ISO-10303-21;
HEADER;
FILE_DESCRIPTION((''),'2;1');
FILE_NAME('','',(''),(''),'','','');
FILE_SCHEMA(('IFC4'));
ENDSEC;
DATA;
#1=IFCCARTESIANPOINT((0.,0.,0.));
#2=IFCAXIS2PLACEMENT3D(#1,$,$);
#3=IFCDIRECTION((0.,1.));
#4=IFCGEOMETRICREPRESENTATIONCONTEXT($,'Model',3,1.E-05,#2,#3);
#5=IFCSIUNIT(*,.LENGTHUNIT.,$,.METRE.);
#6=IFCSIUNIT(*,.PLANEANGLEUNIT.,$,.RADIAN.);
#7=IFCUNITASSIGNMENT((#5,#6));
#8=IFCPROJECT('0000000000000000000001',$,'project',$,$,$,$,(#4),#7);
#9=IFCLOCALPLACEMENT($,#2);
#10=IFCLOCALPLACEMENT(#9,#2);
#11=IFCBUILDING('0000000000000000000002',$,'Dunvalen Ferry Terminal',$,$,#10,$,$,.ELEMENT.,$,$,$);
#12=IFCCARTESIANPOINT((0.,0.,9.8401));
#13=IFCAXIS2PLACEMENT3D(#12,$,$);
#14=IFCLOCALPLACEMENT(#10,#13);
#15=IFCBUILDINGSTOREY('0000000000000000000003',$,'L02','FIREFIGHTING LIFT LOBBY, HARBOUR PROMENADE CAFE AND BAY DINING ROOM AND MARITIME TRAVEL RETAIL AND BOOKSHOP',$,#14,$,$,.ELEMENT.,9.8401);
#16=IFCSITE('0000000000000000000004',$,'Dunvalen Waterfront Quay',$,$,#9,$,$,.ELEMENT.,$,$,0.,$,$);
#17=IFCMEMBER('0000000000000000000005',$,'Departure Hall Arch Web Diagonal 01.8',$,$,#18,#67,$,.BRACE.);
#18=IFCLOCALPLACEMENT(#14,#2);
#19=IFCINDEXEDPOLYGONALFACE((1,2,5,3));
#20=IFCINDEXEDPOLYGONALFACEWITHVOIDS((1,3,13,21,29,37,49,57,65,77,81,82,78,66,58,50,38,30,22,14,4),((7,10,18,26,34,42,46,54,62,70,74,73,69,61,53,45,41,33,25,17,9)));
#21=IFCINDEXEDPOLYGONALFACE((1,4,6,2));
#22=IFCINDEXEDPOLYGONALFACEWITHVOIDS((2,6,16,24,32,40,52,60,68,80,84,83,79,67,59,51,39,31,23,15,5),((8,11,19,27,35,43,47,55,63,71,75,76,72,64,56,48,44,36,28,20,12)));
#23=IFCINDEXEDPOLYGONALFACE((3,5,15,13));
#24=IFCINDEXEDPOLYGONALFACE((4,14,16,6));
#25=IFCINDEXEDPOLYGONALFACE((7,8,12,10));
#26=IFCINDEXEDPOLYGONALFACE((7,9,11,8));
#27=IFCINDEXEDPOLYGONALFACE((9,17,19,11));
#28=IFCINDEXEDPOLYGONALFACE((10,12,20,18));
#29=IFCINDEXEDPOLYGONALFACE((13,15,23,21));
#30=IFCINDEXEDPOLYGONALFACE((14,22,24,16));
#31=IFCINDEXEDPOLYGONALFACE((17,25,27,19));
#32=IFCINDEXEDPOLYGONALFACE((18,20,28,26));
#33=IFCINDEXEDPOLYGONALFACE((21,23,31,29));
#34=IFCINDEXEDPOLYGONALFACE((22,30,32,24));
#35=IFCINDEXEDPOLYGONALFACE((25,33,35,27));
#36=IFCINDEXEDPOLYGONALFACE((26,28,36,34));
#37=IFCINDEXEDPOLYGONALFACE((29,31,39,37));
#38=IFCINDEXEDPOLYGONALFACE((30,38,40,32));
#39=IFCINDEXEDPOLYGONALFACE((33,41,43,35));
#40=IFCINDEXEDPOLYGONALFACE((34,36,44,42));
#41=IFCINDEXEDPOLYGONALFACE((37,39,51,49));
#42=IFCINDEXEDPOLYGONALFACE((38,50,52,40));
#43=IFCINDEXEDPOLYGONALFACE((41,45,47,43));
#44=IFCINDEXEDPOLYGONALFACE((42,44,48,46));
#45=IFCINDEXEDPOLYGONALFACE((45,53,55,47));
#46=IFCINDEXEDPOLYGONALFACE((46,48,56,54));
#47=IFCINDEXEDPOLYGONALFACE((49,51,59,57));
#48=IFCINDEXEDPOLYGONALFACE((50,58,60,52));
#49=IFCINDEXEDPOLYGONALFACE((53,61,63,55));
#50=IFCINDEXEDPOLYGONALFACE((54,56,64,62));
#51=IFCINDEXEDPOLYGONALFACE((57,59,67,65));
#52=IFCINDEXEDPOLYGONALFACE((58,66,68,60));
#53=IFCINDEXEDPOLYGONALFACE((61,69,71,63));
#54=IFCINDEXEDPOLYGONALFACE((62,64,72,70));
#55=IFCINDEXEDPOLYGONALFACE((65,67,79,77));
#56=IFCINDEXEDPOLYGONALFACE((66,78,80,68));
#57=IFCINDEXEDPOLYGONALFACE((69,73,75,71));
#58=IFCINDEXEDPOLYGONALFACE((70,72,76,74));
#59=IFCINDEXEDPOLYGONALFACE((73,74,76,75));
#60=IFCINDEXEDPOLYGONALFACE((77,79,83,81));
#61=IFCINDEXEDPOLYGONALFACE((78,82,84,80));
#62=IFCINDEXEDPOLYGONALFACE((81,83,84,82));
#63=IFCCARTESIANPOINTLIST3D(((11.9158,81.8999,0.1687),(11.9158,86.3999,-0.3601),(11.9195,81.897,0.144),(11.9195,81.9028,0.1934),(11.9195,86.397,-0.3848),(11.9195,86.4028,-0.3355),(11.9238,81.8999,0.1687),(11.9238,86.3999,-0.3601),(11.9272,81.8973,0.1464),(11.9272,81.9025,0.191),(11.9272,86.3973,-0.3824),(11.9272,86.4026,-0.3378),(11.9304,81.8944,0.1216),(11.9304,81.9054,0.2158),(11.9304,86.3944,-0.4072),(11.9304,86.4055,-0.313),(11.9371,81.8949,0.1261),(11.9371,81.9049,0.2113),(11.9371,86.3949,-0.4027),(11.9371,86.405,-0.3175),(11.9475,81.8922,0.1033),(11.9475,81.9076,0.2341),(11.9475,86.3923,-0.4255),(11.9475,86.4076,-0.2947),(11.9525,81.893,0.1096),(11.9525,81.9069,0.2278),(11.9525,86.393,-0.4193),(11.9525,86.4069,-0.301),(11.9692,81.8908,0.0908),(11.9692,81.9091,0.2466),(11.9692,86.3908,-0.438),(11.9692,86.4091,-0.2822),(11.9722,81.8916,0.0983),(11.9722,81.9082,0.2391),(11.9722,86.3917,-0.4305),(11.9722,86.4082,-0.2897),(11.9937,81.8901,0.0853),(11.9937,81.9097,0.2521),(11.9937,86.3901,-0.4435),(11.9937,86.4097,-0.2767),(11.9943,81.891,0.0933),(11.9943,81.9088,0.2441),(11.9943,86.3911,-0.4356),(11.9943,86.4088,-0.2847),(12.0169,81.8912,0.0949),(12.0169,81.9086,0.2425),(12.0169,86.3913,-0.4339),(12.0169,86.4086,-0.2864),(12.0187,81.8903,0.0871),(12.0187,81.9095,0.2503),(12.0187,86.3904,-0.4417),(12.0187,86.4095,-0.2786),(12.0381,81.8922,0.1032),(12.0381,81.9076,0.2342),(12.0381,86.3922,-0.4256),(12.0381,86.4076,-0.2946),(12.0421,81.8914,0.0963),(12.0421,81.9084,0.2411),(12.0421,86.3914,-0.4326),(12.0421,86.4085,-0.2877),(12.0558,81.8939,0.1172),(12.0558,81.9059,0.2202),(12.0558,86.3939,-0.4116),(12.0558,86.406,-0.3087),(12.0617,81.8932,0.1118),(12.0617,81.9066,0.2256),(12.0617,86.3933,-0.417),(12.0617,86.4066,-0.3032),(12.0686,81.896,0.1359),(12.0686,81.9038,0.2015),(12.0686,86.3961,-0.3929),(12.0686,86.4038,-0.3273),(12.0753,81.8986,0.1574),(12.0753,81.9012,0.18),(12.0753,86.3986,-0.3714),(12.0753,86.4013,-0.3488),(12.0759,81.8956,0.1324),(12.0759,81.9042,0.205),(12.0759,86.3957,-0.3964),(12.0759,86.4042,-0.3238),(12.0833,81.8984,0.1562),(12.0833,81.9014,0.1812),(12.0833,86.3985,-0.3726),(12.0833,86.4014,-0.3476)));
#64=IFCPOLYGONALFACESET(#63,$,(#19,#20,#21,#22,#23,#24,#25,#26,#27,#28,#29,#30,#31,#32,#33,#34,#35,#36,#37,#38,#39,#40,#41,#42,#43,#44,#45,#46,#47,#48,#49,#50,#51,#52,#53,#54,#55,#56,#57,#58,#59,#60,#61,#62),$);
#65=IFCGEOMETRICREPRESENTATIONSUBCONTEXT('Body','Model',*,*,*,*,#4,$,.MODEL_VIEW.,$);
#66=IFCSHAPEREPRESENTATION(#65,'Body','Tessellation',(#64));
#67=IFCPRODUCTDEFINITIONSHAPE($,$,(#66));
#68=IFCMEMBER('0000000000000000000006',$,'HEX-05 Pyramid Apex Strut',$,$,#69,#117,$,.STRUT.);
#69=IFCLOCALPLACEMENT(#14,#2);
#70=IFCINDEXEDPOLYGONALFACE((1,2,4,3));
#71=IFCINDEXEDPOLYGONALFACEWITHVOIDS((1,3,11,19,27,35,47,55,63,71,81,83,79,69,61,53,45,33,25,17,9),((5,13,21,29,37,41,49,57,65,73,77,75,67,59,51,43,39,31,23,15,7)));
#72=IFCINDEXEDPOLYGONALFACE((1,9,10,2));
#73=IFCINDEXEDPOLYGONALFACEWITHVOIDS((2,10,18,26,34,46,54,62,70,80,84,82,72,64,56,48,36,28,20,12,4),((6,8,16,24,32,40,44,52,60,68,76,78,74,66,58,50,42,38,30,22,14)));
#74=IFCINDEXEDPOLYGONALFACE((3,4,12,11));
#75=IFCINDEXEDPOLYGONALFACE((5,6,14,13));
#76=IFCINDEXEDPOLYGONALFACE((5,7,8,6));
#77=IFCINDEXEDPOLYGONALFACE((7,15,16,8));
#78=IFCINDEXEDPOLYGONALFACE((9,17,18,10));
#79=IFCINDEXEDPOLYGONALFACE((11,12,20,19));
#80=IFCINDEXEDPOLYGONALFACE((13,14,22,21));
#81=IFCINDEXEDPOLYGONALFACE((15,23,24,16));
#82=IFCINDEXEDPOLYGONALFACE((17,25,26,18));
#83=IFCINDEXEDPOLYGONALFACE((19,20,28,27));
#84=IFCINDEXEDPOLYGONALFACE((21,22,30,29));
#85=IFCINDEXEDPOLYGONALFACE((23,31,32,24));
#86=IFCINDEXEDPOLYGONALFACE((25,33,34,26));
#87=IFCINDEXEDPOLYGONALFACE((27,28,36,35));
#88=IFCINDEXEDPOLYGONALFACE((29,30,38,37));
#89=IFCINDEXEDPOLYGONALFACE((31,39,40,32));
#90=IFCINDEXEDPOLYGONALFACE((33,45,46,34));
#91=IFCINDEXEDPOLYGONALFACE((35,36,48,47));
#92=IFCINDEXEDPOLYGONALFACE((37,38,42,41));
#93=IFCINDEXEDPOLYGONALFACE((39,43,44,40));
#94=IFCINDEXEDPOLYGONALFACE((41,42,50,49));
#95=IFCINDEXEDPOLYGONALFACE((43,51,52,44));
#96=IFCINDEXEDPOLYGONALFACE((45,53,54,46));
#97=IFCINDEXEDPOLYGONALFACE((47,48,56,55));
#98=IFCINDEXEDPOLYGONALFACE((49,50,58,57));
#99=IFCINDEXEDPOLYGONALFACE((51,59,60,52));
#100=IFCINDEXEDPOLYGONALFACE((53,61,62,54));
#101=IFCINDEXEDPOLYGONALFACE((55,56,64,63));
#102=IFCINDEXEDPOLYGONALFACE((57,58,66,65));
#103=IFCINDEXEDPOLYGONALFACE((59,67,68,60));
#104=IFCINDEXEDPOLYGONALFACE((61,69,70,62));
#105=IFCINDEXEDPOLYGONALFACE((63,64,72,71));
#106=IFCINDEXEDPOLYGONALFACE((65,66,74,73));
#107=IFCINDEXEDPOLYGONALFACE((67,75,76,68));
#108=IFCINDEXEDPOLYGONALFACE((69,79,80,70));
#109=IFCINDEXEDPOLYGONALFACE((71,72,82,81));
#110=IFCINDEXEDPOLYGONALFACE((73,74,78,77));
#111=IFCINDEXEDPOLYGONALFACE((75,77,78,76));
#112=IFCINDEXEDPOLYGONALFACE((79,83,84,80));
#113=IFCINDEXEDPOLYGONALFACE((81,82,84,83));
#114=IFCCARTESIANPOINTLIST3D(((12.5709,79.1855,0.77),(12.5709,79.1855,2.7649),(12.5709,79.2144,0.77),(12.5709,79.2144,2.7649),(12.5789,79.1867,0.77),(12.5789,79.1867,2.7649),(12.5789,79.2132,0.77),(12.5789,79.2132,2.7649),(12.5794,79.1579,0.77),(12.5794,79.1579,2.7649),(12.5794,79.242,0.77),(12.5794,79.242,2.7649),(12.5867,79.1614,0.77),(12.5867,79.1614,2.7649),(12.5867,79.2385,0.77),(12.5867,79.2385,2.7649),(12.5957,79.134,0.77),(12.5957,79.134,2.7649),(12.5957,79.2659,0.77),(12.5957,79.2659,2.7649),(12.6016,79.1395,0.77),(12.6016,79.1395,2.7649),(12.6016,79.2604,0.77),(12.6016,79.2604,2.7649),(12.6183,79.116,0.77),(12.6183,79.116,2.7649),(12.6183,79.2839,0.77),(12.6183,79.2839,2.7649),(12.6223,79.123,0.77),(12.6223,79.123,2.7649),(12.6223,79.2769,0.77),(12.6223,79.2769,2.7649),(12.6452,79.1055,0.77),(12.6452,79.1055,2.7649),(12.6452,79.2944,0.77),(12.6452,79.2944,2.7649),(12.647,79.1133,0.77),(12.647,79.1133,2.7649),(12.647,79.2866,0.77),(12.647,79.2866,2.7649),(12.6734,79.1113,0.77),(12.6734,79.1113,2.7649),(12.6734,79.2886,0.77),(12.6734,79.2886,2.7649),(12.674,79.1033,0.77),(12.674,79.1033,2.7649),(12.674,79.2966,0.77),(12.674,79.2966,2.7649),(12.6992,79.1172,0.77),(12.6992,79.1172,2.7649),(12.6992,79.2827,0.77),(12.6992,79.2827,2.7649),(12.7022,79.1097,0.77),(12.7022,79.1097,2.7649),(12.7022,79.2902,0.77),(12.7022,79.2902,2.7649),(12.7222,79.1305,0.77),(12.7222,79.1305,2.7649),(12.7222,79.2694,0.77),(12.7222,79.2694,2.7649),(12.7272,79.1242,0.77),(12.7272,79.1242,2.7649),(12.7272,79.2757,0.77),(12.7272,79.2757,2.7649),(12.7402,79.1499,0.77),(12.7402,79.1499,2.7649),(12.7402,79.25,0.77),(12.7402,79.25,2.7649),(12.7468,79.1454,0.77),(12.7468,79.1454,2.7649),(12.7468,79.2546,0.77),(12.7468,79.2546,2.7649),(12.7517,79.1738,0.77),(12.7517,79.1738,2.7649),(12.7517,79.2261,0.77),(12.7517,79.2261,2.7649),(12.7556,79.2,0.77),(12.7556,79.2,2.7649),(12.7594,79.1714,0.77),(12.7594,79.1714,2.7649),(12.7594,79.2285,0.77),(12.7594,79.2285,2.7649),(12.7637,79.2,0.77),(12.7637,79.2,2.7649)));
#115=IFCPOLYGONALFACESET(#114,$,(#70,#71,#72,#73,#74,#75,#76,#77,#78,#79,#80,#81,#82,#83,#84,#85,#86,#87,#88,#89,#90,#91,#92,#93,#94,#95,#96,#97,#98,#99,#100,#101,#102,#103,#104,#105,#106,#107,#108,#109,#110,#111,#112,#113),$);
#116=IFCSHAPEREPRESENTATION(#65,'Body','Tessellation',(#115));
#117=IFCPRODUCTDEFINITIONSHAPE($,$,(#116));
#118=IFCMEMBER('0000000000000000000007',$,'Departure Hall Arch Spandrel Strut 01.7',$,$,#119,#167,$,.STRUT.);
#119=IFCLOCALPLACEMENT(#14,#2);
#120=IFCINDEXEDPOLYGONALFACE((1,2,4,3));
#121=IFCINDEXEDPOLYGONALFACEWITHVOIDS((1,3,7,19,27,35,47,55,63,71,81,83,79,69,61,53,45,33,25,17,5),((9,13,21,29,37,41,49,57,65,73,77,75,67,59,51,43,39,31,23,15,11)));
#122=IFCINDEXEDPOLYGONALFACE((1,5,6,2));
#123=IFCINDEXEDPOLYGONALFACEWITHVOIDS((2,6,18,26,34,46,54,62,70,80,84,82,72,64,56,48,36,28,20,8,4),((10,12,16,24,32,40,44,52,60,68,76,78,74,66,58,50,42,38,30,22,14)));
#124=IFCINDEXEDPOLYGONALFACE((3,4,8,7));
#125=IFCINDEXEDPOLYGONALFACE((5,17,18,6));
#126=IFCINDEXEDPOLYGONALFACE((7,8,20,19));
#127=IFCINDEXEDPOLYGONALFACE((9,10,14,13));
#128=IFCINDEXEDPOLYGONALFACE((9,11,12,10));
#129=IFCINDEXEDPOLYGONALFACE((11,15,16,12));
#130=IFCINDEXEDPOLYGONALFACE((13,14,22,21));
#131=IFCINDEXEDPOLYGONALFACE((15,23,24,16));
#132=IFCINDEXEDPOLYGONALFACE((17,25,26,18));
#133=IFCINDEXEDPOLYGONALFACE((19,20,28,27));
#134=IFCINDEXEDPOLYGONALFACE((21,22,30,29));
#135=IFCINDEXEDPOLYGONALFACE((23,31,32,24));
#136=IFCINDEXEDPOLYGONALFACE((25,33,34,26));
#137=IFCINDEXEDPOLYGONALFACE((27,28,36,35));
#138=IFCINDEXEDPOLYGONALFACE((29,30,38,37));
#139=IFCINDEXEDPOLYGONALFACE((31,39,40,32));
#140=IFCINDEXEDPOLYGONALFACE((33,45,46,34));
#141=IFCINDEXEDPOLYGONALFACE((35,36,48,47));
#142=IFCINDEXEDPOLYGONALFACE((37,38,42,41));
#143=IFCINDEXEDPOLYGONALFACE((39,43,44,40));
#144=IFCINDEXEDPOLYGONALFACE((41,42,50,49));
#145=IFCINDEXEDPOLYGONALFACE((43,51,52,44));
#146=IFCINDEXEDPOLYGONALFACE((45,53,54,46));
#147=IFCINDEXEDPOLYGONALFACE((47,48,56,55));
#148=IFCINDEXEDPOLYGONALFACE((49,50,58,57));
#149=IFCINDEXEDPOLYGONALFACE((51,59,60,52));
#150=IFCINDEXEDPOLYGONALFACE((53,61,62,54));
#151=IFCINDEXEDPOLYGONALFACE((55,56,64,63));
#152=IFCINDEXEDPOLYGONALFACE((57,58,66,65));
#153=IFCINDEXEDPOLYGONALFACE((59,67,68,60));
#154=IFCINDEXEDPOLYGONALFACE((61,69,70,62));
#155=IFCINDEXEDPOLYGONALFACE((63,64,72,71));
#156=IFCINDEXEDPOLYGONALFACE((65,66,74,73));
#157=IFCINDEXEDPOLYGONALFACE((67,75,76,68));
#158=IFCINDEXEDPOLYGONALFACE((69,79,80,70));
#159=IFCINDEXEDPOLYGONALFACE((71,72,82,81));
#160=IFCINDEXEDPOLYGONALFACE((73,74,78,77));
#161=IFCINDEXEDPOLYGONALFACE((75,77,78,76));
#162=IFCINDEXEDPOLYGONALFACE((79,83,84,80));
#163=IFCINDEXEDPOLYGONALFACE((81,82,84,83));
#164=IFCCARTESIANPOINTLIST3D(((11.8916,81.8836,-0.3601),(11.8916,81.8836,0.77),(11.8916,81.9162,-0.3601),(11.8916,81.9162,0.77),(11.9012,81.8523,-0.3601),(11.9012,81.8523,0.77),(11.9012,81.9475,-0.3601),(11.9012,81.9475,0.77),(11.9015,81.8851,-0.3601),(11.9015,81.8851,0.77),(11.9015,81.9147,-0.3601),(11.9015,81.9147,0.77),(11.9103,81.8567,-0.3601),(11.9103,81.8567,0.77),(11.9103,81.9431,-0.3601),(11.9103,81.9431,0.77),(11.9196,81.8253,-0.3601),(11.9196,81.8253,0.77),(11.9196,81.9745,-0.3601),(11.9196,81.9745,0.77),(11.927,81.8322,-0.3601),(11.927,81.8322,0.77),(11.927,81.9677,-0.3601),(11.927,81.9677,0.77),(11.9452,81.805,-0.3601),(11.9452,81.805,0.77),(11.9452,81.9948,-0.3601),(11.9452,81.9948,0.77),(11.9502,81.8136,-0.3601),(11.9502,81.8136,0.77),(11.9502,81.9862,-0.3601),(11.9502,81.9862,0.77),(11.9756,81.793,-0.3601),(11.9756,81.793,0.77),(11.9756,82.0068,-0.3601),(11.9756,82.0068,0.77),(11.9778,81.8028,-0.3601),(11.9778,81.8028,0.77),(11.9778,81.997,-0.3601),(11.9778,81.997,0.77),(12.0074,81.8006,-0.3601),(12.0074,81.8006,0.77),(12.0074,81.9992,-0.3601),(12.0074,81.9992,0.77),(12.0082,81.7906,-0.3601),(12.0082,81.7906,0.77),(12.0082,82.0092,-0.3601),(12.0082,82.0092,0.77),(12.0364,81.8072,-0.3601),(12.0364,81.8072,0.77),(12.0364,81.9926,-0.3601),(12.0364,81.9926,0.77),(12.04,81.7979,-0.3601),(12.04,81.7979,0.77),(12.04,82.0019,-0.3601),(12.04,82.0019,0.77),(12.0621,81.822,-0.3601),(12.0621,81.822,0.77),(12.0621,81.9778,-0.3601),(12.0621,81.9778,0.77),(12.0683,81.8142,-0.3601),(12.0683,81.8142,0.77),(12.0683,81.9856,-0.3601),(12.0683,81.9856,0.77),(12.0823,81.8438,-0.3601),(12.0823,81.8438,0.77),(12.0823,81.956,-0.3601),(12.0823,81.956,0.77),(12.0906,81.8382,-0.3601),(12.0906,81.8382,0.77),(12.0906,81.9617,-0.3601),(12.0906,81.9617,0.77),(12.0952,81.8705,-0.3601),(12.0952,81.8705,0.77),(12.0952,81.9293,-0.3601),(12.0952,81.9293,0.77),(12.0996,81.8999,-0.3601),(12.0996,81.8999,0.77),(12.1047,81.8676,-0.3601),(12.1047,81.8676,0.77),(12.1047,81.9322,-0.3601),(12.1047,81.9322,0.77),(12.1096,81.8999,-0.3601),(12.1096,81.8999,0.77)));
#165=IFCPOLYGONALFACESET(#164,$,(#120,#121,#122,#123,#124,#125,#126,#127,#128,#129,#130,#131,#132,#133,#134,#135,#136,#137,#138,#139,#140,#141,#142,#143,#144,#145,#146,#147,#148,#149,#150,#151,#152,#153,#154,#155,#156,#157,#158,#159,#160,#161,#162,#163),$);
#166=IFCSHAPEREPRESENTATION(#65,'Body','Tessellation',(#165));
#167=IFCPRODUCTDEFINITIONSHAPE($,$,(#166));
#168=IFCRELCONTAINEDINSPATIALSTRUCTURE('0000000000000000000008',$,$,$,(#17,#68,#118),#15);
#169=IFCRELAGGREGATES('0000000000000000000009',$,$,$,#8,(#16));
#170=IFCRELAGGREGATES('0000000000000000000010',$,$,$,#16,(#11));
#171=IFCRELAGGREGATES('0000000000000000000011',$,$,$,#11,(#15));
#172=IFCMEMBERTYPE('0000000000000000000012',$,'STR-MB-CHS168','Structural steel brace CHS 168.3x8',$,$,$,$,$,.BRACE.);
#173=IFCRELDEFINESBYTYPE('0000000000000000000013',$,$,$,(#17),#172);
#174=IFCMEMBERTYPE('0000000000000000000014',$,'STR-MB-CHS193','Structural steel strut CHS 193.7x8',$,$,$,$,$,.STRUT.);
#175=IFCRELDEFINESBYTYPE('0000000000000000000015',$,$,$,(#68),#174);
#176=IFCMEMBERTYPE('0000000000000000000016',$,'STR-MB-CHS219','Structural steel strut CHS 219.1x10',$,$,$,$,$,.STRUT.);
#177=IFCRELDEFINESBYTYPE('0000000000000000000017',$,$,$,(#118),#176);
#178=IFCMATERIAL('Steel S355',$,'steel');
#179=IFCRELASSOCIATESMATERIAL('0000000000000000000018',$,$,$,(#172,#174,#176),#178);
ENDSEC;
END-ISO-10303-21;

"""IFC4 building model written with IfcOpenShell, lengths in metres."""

from ifc_helpers import new_model, si_unit, direction, frame, origin, origin_2d, place, context, subcontext, project, spatial, hollow_circle, extrude, material, material_profile, profile_set, type_object, element, save


model = new_model("IFC4")

# Units and contexts
model_context = context("Model", 3, precision=1e-05, world=origin(), true_north=direction((0.0, 1.0)))
body_context = subcontext(model_context, "Body", "Model", "MODEL_VIEW")
ifc_project = project(units=[si_unit("LENGTHUNIT", "METRE"), si_unit("PLANEANGLEUNIT", "RADIAN")], contexts=[model_context])

# Site, building, storey
site_placement = place(None, origin())
site = spatial("IfcSite", under=ifc_project, at=site_placement, Name="Dunvalen Waterfront Quay", CompositionType="ELEMENT", RefElevation=0.0)
building_placement = place(site_placement, origin())
building = spatial("IfcBuilding", under=site, at=building_placement, Name="Dunvalen Ferry Terminal", CompositionType="ELEMENT")
storey_placement = place(building_placement, frame((0.0, 0.0, 9.8401)))
storey = spatial("IfcBuildingStorey", under=building, at=storey_placement, Name="L02", Description="FIREFIGHTING LIFT LOBBY, HARBOUR PROMENADE CAFE AND BAY DINING ROOM AND MARITIME TRAVEL RETAIL AND BOOKSHOP", CompositionType="ELEMENT", Elevation=9.8401)

# Shared definitions
ifc_material_1 = material(Name="Steel S355", Category="steel")

# Members
ifc_material_profile_1 = material_profile(ifc_material_1, hollow_circle(Radius=0.0842, WallThickness=0.0081, at=origin_2d()), Name="Steel S355")
ifc_profile_set_1 = profile_set([ifc_material_profile_1], Name="Steel S355")
member_type_1 = type_object("IfcMemberType", Name="STR-MB-CHS168", Description="Structural steel brace CHS 168.3x8", PredefinedType="BRACE", material=ifc_profile_set_1)
member_1_placement = place(storey_placement, frame((12.0, 81.8999, 0.1687), z_axis=(0.0, 0.993166, -0.11671), x_axis=(-1.0, 0.0, 0.0)))
element("IfcMember", 1, at=member_1_placement, inside=storey, type_object=member_type_1, Name="Departure Hall Arch Web Diagonal 01.8", PredefinedType="BRACE", context=body_context, shape_type="SweptSolid", body=[
    extrude(hollow_circle(Radius=0.0842, WallThickness=0.0081, at=origin_2d()), origin(), (0.0, 0.0, 1.0), 4.531),
])
ifc_material_profile_2 = material_profile(ifc_material_1, hollow_circle(Radius=0.0969, WallThickness=0.0081, at=origin_2d()), Name="Steel S355")
ifc_profile_set_2 = profile_set([ifc_material_profile_2], Name="Steel S355")
member_type_2 = type_object("IfcMemberType", Name="STR-MB-CHS193", Description="Structural steel strut CHS 193.7x8", PredefinedType="STRUT", material=ifc_profile_set_2)
member_2_placement = place(storey_placement, frame((12.6667, 79.2, 0.77), z_axis=(0.0, 0.0, 1.0), x_axis=(1.0, 0.0, 0.0)))
element("IfcMember", 2, at=member_2_placement, inside=storey, type_object=member_type_2, Name="HEX-05 Pyramid Apex Strut", PredefinedType="STRUT", context=body_context, shape_type="SweptSolid", body=[
    extrude(hollow_circle(Radius=0.0969, WallThickness=0.0081, at=origin_2d()), origin(), (0.0, 0.0, 1.0), 1.9949),
])
ifc_material_profile_3 = material_profile(ifc_material_1, hollow_circle(Radius=0.1096, WallThickness=0.01, at=origin_2d()), Name="Steel S355")
ifc_profile_set_3 = profile_set([ifc_material_profile_3], Name="Steel S355")
member_type_3 = type_object("IfcMemberType", Name="STR-MB-CHS219", Description="Structural steel strut CHS 219.1x10", PredefinedType="STRUT", material=ifc_profile_set_3)
member_3_placement = place(storey_placement, frame((12.0, 81.8999, -0.3601), z_axis=(0.0, 0.0, 1.0), x_axis=(1.0, 0.0, 0.0)))
element("IfcMember", 3, at=member_3_placement, inside=storey, type_object=member_type_3, Name="Departure Hall Arch Spandrel Strut 01.7", PredefinedType="STRUT", context=body_context, shape_type="SweptSolid", body=[
    extrude(hollow_circle(Radius=0.1096, WallThickness=0.01, at=origin_2d()), origin(), (0.0, 0.0, 1.0), 1.1301),
])

save(model, "model.ifc")
